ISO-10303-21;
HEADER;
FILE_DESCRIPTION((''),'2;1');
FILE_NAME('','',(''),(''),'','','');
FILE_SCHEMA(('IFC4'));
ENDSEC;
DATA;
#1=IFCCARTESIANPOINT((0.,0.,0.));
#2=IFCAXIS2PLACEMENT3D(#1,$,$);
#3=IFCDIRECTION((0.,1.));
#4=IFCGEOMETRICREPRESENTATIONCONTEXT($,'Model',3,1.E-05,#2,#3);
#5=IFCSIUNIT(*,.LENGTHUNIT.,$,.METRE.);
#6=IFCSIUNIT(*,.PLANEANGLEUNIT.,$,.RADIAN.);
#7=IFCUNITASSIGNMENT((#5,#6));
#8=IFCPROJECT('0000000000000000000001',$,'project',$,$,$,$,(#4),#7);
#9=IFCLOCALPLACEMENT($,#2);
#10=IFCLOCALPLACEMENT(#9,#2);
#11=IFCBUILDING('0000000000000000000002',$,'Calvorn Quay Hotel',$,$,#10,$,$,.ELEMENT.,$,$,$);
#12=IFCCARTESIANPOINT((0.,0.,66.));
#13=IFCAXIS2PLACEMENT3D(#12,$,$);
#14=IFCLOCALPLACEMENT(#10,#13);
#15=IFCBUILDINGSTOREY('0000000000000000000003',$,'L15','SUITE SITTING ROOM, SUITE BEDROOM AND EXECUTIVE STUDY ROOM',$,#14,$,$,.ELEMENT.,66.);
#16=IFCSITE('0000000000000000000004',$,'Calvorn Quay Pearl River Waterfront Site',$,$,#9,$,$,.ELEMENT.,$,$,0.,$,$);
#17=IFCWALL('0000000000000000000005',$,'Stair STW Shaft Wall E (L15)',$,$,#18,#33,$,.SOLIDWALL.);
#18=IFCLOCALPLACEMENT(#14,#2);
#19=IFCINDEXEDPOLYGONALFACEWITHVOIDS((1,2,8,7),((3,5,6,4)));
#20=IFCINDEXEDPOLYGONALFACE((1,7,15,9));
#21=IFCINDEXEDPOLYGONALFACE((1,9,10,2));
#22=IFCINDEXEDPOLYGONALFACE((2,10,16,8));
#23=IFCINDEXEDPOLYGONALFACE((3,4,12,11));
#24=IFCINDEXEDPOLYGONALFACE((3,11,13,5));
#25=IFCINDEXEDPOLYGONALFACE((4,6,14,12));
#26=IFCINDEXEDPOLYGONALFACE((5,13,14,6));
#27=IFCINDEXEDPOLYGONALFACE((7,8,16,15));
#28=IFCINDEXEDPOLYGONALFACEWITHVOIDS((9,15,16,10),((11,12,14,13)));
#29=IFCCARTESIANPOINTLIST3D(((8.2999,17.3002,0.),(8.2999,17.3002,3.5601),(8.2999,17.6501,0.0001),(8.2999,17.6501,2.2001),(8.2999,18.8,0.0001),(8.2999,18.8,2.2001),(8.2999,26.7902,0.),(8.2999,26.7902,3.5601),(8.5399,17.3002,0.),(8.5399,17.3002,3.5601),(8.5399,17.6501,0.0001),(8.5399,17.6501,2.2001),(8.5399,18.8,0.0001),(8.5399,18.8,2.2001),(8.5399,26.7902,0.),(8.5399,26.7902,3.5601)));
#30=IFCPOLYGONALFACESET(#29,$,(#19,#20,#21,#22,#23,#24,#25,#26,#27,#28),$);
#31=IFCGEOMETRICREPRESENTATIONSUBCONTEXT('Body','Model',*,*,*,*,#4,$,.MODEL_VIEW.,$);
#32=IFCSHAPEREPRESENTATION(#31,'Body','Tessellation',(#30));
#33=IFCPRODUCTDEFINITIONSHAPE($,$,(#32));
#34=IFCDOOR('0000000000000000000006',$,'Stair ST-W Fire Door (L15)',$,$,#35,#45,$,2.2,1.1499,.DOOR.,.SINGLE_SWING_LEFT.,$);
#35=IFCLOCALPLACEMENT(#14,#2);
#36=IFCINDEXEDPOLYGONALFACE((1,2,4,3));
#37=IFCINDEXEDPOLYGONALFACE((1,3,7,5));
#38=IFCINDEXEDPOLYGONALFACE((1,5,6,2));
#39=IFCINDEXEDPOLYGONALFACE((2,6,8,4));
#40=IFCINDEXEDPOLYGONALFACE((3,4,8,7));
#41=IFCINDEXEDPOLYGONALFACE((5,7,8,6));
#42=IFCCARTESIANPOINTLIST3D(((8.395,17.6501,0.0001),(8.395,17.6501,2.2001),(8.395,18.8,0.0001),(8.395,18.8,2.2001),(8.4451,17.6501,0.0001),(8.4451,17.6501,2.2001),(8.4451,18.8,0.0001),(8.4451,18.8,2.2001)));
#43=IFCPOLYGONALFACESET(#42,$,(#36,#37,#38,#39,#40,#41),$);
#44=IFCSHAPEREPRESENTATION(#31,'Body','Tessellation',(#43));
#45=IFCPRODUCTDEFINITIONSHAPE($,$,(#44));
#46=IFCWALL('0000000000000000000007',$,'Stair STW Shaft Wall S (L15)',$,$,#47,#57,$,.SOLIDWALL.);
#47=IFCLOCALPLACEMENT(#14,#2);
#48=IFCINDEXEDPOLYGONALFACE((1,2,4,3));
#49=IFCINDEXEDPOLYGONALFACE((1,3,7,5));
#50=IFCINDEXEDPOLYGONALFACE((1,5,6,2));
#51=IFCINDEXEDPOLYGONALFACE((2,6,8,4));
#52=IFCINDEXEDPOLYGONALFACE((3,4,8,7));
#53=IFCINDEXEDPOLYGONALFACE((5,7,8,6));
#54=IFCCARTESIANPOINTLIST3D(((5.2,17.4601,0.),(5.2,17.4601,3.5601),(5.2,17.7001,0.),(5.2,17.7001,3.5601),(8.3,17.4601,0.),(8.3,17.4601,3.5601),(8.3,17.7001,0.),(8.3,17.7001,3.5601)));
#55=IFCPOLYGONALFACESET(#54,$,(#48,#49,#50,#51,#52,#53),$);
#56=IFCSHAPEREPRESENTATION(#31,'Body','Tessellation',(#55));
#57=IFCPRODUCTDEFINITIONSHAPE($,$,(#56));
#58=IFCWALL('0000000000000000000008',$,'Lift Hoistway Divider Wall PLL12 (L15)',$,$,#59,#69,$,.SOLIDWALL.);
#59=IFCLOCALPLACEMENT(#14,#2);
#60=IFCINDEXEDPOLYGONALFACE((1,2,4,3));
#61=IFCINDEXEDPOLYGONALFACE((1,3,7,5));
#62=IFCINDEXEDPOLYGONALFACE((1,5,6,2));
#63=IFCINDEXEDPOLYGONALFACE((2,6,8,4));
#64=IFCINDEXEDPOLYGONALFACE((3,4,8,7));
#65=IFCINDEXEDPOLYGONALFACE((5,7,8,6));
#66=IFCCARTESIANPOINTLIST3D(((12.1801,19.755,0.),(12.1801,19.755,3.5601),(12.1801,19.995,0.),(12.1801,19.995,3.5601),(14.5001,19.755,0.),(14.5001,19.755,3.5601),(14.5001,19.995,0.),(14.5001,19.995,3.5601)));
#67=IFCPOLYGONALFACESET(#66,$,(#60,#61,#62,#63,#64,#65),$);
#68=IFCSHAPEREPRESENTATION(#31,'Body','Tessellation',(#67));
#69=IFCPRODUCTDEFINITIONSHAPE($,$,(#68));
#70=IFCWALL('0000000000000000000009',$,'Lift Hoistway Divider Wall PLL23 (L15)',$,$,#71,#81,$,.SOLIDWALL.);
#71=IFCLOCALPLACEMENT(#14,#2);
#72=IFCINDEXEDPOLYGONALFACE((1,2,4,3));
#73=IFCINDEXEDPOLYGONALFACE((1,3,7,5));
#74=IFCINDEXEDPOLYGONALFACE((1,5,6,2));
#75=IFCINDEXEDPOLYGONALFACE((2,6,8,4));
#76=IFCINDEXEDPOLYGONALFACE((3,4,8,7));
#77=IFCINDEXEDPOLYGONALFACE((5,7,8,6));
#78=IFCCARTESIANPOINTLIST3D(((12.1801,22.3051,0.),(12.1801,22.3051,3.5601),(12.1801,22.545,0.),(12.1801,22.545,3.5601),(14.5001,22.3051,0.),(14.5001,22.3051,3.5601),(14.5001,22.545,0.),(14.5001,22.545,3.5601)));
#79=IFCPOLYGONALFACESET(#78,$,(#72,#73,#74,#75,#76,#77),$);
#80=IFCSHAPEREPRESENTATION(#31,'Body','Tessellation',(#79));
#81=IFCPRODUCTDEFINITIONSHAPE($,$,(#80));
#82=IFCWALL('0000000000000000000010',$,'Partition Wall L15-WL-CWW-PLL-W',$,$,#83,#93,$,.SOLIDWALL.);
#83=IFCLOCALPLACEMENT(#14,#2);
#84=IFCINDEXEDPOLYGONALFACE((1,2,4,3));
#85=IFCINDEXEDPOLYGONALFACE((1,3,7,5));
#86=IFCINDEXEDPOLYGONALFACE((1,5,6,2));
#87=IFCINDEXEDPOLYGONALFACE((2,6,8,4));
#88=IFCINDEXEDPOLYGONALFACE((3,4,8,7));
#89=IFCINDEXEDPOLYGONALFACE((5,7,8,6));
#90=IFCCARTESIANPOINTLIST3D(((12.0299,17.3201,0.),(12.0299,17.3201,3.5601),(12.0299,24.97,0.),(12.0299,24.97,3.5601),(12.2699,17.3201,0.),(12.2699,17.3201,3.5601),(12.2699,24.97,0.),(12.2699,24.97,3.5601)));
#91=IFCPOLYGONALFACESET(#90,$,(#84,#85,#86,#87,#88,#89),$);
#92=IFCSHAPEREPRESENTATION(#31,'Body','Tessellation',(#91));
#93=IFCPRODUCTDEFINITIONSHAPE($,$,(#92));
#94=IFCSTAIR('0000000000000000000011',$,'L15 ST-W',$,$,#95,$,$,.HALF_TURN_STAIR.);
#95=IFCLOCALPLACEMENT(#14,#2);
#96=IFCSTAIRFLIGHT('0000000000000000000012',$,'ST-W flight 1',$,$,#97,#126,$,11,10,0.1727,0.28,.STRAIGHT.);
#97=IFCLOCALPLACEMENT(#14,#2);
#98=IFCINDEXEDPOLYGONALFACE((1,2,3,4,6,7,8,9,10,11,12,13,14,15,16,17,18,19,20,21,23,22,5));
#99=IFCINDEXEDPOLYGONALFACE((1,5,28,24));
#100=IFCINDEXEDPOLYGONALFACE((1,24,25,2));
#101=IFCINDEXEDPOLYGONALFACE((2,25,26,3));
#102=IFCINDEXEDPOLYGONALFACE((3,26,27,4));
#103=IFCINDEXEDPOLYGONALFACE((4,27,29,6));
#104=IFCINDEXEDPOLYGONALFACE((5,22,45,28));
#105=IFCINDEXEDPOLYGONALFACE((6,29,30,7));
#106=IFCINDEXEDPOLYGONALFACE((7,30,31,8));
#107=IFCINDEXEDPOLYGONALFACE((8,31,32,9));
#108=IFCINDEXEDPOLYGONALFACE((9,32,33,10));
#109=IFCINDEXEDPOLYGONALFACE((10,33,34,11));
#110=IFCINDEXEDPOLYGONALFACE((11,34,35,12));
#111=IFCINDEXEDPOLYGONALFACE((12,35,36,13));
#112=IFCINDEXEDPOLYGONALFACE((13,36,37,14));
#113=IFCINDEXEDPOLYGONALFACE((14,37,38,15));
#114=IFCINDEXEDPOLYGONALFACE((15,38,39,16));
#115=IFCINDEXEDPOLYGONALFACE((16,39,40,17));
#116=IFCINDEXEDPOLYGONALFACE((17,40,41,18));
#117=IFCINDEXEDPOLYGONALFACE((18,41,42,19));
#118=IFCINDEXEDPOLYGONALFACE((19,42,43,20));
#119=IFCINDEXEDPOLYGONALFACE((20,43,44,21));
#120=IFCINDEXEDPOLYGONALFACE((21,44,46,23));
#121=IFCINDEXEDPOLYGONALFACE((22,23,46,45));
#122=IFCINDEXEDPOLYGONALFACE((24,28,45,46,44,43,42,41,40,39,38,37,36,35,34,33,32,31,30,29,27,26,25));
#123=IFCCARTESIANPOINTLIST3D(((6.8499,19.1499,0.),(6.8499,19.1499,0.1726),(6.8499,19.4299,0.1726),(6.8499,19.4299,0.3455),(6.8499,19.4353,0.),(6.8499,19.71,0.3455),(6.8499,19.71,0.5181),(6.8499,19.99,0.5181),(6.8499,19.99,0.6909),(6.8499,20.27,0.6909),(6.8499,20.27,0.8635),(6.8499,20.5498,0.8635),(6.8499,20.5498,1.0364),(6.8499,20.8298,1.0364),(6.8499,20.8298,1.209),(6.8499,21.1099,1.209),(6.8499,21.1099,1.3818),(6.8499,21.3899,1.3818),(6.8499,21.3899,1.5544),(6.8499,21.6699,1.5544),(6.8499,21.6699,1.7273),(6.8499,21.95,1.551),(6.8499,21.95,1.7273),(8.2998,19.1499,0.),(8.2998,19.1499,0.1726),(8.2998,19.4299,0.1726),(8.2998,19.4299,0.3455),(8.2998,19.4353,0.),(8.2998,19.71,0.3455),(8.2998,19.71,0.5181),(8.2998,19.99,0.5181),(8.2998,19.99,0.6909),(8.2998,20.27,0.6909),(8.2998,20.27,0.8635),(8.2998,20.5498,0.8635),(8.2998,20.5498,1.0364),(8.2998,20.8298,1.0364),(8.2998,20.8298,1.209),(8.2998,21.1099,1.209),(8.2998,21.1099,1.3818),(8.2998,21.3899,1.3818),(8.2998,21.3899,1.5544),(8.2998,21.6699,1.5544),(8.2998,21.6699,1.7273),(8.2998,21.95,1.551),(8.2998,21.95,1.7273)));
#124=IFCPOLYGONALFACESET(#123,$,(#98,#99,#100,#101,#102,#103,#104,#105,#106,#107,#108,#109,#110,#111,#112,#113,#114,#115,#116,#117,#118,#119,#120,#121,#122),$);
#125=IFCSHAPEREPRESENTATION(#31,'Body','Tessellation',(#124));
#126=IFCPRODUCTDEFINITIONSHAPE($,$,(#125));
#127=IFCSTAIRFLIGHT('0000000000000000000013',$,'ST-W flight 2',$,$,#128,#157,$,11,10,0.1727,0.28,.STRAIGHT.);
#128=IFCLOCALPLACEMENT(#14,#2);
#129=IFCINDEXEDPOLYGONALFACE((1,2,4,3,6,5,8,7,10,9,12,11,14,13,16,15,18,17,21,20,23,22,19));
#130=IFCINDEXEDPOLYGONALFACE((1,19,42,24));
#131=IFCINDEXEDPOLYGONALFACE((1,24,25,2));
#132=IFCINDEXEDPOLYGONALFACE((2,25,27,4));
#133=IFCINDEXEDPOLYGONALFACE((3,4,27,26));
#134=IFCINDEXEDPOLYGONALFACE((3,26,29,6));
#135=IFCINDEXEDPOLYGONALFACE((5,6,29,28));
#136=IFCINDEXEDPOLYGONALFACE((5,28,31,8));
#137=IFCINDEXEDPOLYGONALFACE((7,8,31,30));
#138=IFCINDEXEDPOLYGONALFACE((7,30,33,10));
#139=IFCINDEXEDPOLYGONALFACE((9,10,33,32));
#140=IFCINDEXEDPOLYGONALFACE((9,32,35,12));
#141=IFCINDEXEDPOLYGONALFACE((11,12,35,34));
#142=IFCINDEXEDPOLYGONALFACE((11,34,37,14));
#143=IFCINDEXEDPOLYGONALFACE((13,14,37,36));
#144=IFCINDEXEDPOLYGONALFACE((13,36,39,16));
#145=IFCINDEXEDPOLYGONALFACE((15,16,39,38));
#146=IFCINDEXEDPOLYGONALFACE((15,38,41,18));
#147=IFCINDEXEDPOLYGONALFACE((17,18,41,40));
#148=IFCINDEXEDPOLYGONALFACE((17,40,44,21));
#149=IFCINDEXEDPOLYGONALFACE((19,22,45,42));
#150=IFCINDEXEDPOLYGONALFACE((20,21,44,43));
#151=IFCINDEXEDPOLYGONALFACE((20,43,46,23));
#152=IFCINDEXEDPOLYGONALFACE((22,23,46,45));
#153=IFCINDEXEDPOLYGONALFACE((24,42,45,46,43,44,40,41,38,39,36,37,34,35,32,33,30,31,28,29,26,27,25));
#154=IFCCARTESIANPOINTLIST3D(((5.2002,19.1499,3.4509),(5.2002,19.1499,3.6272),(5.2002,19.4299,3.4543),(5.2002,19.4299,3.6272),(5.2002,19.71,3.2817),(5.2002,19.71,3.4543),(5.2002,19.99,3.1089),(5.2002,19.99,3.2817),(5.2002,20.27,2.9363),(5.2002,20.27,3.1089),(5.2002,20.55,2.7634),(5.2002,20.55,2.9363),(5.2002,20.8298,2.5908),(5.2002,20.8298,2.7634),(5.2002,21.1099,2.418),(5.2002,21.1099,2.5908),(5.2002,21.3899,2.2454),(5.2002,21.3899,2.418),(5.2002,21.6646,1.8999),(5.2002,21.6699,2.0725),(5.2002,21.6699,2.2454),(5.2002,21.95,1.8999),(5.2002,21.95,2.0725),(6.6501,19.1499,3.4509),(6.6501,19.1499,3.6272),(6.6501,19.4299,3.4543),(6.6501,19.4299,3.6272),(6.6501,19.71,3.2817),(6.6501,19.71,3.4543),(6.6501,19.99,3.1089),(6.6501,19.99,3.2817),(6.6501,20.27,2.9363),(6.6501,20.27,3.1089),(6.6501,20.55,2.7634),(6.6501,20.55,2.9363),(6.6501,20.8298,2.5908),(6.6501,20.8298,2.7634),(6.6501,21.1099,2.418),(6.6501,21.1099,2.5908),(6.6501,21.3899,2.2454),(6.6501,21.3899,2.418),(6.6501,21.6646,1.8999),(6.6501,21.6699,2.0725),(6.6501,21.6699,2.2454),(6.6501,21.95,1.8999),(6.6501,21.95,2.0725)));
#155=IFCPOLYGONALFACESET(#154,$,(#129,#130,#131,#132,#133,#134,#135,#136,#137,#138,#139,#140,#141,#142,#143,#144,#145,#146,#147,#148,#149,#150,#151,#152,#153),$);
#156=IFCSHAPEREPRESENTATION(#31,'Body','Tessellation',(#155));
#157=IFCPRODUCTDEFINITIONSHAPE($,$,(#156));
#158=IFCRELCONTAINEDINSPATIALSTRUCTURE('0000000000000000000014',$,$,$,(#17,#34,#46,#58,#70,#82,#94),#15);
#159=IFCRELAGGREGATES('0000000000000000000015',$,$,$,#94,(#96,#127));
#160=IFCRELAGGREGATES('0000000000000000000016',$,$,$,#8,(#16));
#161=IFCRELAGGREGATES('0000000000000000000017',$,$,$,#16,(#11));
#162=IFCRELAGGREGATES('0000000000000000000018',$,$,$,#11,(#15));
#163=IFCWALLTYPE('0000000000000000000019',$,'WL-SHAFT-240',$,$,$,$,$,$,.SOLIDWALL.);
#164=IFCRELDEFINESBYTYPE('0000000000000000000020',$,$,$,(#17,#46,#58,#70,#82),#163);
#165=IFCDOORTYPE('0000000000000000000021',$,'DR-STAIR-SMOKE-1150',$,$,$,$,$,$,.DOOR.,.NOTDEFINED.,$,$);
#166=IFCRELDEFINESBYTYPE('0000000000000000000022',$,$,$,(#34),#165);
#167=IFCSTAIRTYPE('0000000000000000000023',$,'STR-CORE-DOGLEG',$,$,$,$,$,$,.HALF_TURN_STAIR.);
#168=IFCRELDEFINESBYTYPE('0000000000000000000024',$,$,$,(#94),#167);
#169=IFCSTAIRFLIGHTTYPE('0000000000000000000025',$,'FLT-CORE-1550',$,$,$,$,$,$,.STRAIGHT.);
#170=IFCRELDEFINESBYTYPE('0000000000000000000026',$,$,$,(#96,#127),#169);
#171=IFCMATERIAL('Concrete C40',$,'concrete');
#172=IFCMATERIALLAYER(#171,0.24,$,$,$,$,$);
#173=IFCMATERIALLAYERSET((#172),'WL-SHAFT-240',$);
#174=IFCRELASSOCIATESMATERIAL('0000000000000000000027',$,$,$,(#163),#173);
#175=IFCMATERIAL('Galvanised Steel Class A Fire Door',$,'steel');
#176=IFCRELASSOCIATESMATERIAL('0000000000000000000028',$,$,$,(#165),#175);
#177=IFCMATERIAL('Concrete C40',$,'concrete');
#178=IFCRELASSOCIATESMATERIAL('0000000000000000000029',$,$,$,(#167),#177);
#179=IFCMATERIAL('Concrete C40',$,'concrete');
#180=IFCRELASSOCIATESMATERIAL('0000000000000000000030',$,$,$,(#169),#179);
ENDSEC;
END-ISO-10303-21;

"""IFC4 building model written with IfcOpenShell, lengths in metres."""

from ifc_helpers import new_model, si_unit, direction, frame, frame_2d, origin, place, context, subcontext, project, spatial, polyline, rectangle, outline, extrude, material, layer, layer_set, type_object, element, fill, aggregate, save


model = new_model("IFC4")

# Units and contexts
model_context = context("Model", 3, precision=1e-05, world=origin(), true_north=direction((0.0, 1.0)))
body_context = subcontext(model_context, "Body", "Model", "MODEL_VIEW")
ifc_project = project(units=[si_unit("LENGTHUNIT", "METRE"), si_unit("PLANEANGLEUNIT", "RADIAN")], contexts=[model_context])

# Site, building, storey
site_placement = place(None, origin())
site = spatial("IfcSite", under=ifc_project, at=site_placement, Name="Calvorn Quay Pearl River Waterfront Site", CompositionType="ELEMENT", RefElevation=0.0)
building_placement = place(site_placement, origin())
building = spatial("IfcBuilding", under=site, at=building_placement, Name="Calvorn Quay Hotel", CompositionType="ELEMENT")
storey_placement = place(building_placement, frame((0.0, 0.0, 66.0)))
storey = spatial("IfcBuildingStorey", under=building, at=storey_placement, Name="L15", Description="SUITE SITTING ROOM, SUITE BEDROOM AND EXECUTIVE STUDY ROOM", CompositionType="ELEMENT", Elevation=66.0)

# Wall, opening, door
ifc_material_1 = material(Name="Concrete C40", Category="concrete")
ifc_layer_1 = layer(ifc_material_1, 0.24)
ifc_layer_set_1 = layer_set([ifc_layer_1], Name="WL-SHAFT-240")
wall_type_1 = type_object("IfcWallType", Name="WL-SHAFT-240", PredefinedType="SOLIDWALL", material=ifc_layer_set_1)
wall_1_placement = place(storey_placement, frame((8.4199, 17.3, 0.0), z_axis=(0.0, 0.0, 1.0), x_axis=(0.0, 1.0, 0.0)))
wall_1 = element("IfcWall", 1, at=wall_1_placement, inside=storey, type_object=wall_type_1, Name="Stair STW Shaft Wall E (L15)", PredefinedType="SOLIDWALL", context=body_context, shape_type="SweptSolid", body=[
    extrude(rectangle(XDim=9.49, YDim=0.24, at=frame_2d((4.7451, 0.0))), origin(), (0.0, 0.0, 1.0), 3.5601),
])
opening_1_placement = place(wall_1_placement, frame((0.3501, 0.0, 0.0)))
opening_1 = element("IfcOpeningElement", 2, at=opening_1_placement, cuts=wall_1, PredefinedType="OPENING", context=body_context, shape_type="SweptSolid", body=[
    extrude(rectangle(XDim=1.1499, YDim=2.2, at=frame_2d((0.575, 1.1001))), frame((0.0, 0.1299, 0.0), z_axis=(0.0, -1.0, 0.0), x_axis=(1.0, 0.0, 0.0)), (0.0, 0.0, 1.0), 0.26),
])
ifc_material_2 = material(Name="Galvanised Steel Class A Fire Door", Category="steel")
door_type_1 = type_object("IfcDoorType", Name="DR-STAIR-SMOKE-1150", OperationType="NOTDEFINED", PredefinedType="DOOR", material=ifc_material_2)
door_1_placement = place(opening_1_placement, origin())
door_1 = element("IfcDoor", 3, at=door_1_placement, inside=storey, type_object=door_type_1, Name="Stair ST-W Fire Door (L15)", OperationType="SINGLE_SWING_LEFT", OverallHeight=2.2, OverallWidth=1.1499, PredefinedType="DOOR", context=body_context, shape_type="SweptSolid", body=[
    extrude(rectangle(XDim=1.1499, YDim=2.2, at=frame_2d((0.575, 1.1001))), frame((0.0, 0.0249, 0.0), z_axis=(0.0, -1.0, 0.0), x_axis=(1.0, 0.0, 0.0)), (0.0, 0.0, 1.0), 0.05),
])
fill(opening_1, door_1)

# Walls
wall_2_placement = place(storey_placement, frame((5.2, 17.5801, 0.0), z_axis=(0.0, 0.0, 1.0), x_axis=(1.0, 0.0, 0.0)))
element("IfcWall", 4, at=wall_2_placement, inside=storey, type_object=wall_type_1, Name="Stair STW Shaft Wall S (L15)", PredefinedType="SOLIDWALL", context=body_context, shape_type="SweptSolid", body=[
    extrude(rectangle(XDim=3.1001, YDim=0.24, at=frame_2d((1.55, 0.0))), origin(), (0.0, 0.0, 1.0), 3.5601),
])
for number, where, z_axis, x_axis, name in (
    (5, (12.1799, 19.875, 0.0), (0.0, 0.0, 1.0), (1.0, 0.0, 0.0), "Lift Hoistway Divider Wall PLL12 (L15)"),
    (6, (12.1799, 22.425, 0.0), (0.0, 0.0, 1.0), (1.0, 0.0, 0.0), "Lift Hoistway Divider Wall PLL23 (L15)"),
):
    element("IfcWall", number, at=place(storey_placement, frame(where, z_axis=z_axis, x_axis=x_axis)), inside=storey, type_object=wall_type_1, Name=name, PredefinedType="SOLIDWALL", context=body_context, shape_type="SweptSolid", body=[
        extrude(rectangle(XDim=2.3201, YDim=0.24, at=frame_2d((1.1602, 0.0))), origin(), (0.0, 0.0, 1.0), 3.5601),
    ])
wall_3_placement = place(storey_placement, frame((12.1499, 17.3201, 0.0), z_axis=(0.0, 0.0, 1.0), x_axis=(0.0, 1.0, 0.0)))
element("IfcWall", 7, at=wall_3_placement, inside=storey, type_object=wall_type_1, Name="Partition Wall L15-WL-CWW-PLL-W", PredefinedType="SOLIDWALL", context=body_context, shape_type="SweptSolid", body=[
    extrude(rectangle(XDim=7.6499, YDim=0.24, at=frame_2d((3.825, 0.0))), origin(), (0.0, 0.0, 1.0), 3.5601),
])

# Stair, stair flights
ifc_material_3 = material(Name="Concrete C40", Category="concrete")
stair_type = type_object("IfcStairType", Name="STR-CORE-DOGLEG", PredefinedType="HALF_TURN_STAIR", material=ifc_material_3)
stair_placement = place(storey_placement, origin())
stair = element("IfcStair", 8, at=stair_placement, inside=storey, type_object=stair_type, Name="L15 ST-W", PredefinedType="HALF_TURN_STAIR")
ifc_material_4 = material(Name="Concrete C40", Category="concrete")
stair_flight_type = type_object("IfcStairFlightType", Name="FLT-CORE-1550", PredefinedType="STRAIGHT", material=ifc_material_4)
stair_flight_1_placement = place(storey_placement, frame((7.575, 19.1499, 0.0), z_axis=(0.0, 0.0, 1.0), x_axis=(0.0, 1.0, 0.0)))
stair_flight_1 = element("IfcStairFlight", 9, at=stair_flight_1_placement, type_object=stair_flight_type, Name="ST-W flight 1", NumberOfRisers=11, NumberOfTreads=10, PredefinedType="STRAIGHT", RiserHeight=0.1727, TreadLength=0.28, context=body_context, shape_type="SweptSolid", body=[
    extrude(outline(polyline([(0.0, 0.0), (0.0, 0.1726), (0.28, 0.1726), (0.28, 0.3455), (0.5601, 0.3455), (0.5601, 0.5181), (0.8401, 0.5181), (0.8401, 0.6909), (1.1201, 0.6909), (1.1201, 0.8635), (1.3999, 0.8635), (1.3999, 1.0364), (1.6799, 1.0364), (1.6799, 1.209), (1.96, 1.209), (1.96, 1.3818), (2.24, 1.3818), (2.24, 1.5544), (2.52, 1.5544), (2.52, 1.7273), (2.8, 1.7273), (2.8, 1.8999), (2.8, 1.551), (0.2854, 0.0), (0.0, 0.0)])), frame((0.0, 0.7251, 0.0), z_axis=(0.0, -1.0, 0.0), x_axis=(1.0, 0.0, 0.0)), (0.0, 0.0, 1.0), 1.45),
])
stair_flight_2_placement = place(storey_placement, frame((5.925, 21.95, 1.8999), z_axis=(0.0, 0.0, 1.0), x_axis=(0.0, -1.0, 0.0)))
stair_flight_2 = element("IfcStairFlight", 10, at=stair_flight_2_placement, type_object=stair_flight_type, Name="ST-W flight 2", NumberOfRisers=11, NumberOfTreads=10, PredefinedType="STRAIGHT", RiserHeight=0.1727, TreadLength=0.28, context=body_context, shape_type="SweptSolid", body=[
    extrude(outline(polyline([(0.0, 0.0), (0.0, 0.1726), (0.28, 0.1726), (0.28, 0.3455), (0.5601, 0.3455), (0.5601, 0.5181), (0.8401, 0.5181), (0.8401, 0.6909), (1.1201, 0.6909), (1.1201, 0.8635), (1.3999, 0.8635), (1.3999, 1.0364), (1.6799, 1.0364), (1.6799, 1.209), (1.96, 1.209), (1.96, 1.3818), (2.24, 1.3818), (2.24, 1.5544), (2.52, 1.5544), (2.52, 1.7273), (2.8, 1.7273), (2.8, 1.8999), (2.8, 1.551), (0.2854, 0.0), (0.0, 0.0)])), frame((0.0, 0.7251, 0.0), z_axis=(0.0, -1.0, 0.0), x_axis=(1.0, 0.0, 0.0)), (0.0, 0.0, 1.0), 1.45),
])
aggregate(stair, [stair_flight_1, stair_flight_2])

save(model, "model.ifc")
